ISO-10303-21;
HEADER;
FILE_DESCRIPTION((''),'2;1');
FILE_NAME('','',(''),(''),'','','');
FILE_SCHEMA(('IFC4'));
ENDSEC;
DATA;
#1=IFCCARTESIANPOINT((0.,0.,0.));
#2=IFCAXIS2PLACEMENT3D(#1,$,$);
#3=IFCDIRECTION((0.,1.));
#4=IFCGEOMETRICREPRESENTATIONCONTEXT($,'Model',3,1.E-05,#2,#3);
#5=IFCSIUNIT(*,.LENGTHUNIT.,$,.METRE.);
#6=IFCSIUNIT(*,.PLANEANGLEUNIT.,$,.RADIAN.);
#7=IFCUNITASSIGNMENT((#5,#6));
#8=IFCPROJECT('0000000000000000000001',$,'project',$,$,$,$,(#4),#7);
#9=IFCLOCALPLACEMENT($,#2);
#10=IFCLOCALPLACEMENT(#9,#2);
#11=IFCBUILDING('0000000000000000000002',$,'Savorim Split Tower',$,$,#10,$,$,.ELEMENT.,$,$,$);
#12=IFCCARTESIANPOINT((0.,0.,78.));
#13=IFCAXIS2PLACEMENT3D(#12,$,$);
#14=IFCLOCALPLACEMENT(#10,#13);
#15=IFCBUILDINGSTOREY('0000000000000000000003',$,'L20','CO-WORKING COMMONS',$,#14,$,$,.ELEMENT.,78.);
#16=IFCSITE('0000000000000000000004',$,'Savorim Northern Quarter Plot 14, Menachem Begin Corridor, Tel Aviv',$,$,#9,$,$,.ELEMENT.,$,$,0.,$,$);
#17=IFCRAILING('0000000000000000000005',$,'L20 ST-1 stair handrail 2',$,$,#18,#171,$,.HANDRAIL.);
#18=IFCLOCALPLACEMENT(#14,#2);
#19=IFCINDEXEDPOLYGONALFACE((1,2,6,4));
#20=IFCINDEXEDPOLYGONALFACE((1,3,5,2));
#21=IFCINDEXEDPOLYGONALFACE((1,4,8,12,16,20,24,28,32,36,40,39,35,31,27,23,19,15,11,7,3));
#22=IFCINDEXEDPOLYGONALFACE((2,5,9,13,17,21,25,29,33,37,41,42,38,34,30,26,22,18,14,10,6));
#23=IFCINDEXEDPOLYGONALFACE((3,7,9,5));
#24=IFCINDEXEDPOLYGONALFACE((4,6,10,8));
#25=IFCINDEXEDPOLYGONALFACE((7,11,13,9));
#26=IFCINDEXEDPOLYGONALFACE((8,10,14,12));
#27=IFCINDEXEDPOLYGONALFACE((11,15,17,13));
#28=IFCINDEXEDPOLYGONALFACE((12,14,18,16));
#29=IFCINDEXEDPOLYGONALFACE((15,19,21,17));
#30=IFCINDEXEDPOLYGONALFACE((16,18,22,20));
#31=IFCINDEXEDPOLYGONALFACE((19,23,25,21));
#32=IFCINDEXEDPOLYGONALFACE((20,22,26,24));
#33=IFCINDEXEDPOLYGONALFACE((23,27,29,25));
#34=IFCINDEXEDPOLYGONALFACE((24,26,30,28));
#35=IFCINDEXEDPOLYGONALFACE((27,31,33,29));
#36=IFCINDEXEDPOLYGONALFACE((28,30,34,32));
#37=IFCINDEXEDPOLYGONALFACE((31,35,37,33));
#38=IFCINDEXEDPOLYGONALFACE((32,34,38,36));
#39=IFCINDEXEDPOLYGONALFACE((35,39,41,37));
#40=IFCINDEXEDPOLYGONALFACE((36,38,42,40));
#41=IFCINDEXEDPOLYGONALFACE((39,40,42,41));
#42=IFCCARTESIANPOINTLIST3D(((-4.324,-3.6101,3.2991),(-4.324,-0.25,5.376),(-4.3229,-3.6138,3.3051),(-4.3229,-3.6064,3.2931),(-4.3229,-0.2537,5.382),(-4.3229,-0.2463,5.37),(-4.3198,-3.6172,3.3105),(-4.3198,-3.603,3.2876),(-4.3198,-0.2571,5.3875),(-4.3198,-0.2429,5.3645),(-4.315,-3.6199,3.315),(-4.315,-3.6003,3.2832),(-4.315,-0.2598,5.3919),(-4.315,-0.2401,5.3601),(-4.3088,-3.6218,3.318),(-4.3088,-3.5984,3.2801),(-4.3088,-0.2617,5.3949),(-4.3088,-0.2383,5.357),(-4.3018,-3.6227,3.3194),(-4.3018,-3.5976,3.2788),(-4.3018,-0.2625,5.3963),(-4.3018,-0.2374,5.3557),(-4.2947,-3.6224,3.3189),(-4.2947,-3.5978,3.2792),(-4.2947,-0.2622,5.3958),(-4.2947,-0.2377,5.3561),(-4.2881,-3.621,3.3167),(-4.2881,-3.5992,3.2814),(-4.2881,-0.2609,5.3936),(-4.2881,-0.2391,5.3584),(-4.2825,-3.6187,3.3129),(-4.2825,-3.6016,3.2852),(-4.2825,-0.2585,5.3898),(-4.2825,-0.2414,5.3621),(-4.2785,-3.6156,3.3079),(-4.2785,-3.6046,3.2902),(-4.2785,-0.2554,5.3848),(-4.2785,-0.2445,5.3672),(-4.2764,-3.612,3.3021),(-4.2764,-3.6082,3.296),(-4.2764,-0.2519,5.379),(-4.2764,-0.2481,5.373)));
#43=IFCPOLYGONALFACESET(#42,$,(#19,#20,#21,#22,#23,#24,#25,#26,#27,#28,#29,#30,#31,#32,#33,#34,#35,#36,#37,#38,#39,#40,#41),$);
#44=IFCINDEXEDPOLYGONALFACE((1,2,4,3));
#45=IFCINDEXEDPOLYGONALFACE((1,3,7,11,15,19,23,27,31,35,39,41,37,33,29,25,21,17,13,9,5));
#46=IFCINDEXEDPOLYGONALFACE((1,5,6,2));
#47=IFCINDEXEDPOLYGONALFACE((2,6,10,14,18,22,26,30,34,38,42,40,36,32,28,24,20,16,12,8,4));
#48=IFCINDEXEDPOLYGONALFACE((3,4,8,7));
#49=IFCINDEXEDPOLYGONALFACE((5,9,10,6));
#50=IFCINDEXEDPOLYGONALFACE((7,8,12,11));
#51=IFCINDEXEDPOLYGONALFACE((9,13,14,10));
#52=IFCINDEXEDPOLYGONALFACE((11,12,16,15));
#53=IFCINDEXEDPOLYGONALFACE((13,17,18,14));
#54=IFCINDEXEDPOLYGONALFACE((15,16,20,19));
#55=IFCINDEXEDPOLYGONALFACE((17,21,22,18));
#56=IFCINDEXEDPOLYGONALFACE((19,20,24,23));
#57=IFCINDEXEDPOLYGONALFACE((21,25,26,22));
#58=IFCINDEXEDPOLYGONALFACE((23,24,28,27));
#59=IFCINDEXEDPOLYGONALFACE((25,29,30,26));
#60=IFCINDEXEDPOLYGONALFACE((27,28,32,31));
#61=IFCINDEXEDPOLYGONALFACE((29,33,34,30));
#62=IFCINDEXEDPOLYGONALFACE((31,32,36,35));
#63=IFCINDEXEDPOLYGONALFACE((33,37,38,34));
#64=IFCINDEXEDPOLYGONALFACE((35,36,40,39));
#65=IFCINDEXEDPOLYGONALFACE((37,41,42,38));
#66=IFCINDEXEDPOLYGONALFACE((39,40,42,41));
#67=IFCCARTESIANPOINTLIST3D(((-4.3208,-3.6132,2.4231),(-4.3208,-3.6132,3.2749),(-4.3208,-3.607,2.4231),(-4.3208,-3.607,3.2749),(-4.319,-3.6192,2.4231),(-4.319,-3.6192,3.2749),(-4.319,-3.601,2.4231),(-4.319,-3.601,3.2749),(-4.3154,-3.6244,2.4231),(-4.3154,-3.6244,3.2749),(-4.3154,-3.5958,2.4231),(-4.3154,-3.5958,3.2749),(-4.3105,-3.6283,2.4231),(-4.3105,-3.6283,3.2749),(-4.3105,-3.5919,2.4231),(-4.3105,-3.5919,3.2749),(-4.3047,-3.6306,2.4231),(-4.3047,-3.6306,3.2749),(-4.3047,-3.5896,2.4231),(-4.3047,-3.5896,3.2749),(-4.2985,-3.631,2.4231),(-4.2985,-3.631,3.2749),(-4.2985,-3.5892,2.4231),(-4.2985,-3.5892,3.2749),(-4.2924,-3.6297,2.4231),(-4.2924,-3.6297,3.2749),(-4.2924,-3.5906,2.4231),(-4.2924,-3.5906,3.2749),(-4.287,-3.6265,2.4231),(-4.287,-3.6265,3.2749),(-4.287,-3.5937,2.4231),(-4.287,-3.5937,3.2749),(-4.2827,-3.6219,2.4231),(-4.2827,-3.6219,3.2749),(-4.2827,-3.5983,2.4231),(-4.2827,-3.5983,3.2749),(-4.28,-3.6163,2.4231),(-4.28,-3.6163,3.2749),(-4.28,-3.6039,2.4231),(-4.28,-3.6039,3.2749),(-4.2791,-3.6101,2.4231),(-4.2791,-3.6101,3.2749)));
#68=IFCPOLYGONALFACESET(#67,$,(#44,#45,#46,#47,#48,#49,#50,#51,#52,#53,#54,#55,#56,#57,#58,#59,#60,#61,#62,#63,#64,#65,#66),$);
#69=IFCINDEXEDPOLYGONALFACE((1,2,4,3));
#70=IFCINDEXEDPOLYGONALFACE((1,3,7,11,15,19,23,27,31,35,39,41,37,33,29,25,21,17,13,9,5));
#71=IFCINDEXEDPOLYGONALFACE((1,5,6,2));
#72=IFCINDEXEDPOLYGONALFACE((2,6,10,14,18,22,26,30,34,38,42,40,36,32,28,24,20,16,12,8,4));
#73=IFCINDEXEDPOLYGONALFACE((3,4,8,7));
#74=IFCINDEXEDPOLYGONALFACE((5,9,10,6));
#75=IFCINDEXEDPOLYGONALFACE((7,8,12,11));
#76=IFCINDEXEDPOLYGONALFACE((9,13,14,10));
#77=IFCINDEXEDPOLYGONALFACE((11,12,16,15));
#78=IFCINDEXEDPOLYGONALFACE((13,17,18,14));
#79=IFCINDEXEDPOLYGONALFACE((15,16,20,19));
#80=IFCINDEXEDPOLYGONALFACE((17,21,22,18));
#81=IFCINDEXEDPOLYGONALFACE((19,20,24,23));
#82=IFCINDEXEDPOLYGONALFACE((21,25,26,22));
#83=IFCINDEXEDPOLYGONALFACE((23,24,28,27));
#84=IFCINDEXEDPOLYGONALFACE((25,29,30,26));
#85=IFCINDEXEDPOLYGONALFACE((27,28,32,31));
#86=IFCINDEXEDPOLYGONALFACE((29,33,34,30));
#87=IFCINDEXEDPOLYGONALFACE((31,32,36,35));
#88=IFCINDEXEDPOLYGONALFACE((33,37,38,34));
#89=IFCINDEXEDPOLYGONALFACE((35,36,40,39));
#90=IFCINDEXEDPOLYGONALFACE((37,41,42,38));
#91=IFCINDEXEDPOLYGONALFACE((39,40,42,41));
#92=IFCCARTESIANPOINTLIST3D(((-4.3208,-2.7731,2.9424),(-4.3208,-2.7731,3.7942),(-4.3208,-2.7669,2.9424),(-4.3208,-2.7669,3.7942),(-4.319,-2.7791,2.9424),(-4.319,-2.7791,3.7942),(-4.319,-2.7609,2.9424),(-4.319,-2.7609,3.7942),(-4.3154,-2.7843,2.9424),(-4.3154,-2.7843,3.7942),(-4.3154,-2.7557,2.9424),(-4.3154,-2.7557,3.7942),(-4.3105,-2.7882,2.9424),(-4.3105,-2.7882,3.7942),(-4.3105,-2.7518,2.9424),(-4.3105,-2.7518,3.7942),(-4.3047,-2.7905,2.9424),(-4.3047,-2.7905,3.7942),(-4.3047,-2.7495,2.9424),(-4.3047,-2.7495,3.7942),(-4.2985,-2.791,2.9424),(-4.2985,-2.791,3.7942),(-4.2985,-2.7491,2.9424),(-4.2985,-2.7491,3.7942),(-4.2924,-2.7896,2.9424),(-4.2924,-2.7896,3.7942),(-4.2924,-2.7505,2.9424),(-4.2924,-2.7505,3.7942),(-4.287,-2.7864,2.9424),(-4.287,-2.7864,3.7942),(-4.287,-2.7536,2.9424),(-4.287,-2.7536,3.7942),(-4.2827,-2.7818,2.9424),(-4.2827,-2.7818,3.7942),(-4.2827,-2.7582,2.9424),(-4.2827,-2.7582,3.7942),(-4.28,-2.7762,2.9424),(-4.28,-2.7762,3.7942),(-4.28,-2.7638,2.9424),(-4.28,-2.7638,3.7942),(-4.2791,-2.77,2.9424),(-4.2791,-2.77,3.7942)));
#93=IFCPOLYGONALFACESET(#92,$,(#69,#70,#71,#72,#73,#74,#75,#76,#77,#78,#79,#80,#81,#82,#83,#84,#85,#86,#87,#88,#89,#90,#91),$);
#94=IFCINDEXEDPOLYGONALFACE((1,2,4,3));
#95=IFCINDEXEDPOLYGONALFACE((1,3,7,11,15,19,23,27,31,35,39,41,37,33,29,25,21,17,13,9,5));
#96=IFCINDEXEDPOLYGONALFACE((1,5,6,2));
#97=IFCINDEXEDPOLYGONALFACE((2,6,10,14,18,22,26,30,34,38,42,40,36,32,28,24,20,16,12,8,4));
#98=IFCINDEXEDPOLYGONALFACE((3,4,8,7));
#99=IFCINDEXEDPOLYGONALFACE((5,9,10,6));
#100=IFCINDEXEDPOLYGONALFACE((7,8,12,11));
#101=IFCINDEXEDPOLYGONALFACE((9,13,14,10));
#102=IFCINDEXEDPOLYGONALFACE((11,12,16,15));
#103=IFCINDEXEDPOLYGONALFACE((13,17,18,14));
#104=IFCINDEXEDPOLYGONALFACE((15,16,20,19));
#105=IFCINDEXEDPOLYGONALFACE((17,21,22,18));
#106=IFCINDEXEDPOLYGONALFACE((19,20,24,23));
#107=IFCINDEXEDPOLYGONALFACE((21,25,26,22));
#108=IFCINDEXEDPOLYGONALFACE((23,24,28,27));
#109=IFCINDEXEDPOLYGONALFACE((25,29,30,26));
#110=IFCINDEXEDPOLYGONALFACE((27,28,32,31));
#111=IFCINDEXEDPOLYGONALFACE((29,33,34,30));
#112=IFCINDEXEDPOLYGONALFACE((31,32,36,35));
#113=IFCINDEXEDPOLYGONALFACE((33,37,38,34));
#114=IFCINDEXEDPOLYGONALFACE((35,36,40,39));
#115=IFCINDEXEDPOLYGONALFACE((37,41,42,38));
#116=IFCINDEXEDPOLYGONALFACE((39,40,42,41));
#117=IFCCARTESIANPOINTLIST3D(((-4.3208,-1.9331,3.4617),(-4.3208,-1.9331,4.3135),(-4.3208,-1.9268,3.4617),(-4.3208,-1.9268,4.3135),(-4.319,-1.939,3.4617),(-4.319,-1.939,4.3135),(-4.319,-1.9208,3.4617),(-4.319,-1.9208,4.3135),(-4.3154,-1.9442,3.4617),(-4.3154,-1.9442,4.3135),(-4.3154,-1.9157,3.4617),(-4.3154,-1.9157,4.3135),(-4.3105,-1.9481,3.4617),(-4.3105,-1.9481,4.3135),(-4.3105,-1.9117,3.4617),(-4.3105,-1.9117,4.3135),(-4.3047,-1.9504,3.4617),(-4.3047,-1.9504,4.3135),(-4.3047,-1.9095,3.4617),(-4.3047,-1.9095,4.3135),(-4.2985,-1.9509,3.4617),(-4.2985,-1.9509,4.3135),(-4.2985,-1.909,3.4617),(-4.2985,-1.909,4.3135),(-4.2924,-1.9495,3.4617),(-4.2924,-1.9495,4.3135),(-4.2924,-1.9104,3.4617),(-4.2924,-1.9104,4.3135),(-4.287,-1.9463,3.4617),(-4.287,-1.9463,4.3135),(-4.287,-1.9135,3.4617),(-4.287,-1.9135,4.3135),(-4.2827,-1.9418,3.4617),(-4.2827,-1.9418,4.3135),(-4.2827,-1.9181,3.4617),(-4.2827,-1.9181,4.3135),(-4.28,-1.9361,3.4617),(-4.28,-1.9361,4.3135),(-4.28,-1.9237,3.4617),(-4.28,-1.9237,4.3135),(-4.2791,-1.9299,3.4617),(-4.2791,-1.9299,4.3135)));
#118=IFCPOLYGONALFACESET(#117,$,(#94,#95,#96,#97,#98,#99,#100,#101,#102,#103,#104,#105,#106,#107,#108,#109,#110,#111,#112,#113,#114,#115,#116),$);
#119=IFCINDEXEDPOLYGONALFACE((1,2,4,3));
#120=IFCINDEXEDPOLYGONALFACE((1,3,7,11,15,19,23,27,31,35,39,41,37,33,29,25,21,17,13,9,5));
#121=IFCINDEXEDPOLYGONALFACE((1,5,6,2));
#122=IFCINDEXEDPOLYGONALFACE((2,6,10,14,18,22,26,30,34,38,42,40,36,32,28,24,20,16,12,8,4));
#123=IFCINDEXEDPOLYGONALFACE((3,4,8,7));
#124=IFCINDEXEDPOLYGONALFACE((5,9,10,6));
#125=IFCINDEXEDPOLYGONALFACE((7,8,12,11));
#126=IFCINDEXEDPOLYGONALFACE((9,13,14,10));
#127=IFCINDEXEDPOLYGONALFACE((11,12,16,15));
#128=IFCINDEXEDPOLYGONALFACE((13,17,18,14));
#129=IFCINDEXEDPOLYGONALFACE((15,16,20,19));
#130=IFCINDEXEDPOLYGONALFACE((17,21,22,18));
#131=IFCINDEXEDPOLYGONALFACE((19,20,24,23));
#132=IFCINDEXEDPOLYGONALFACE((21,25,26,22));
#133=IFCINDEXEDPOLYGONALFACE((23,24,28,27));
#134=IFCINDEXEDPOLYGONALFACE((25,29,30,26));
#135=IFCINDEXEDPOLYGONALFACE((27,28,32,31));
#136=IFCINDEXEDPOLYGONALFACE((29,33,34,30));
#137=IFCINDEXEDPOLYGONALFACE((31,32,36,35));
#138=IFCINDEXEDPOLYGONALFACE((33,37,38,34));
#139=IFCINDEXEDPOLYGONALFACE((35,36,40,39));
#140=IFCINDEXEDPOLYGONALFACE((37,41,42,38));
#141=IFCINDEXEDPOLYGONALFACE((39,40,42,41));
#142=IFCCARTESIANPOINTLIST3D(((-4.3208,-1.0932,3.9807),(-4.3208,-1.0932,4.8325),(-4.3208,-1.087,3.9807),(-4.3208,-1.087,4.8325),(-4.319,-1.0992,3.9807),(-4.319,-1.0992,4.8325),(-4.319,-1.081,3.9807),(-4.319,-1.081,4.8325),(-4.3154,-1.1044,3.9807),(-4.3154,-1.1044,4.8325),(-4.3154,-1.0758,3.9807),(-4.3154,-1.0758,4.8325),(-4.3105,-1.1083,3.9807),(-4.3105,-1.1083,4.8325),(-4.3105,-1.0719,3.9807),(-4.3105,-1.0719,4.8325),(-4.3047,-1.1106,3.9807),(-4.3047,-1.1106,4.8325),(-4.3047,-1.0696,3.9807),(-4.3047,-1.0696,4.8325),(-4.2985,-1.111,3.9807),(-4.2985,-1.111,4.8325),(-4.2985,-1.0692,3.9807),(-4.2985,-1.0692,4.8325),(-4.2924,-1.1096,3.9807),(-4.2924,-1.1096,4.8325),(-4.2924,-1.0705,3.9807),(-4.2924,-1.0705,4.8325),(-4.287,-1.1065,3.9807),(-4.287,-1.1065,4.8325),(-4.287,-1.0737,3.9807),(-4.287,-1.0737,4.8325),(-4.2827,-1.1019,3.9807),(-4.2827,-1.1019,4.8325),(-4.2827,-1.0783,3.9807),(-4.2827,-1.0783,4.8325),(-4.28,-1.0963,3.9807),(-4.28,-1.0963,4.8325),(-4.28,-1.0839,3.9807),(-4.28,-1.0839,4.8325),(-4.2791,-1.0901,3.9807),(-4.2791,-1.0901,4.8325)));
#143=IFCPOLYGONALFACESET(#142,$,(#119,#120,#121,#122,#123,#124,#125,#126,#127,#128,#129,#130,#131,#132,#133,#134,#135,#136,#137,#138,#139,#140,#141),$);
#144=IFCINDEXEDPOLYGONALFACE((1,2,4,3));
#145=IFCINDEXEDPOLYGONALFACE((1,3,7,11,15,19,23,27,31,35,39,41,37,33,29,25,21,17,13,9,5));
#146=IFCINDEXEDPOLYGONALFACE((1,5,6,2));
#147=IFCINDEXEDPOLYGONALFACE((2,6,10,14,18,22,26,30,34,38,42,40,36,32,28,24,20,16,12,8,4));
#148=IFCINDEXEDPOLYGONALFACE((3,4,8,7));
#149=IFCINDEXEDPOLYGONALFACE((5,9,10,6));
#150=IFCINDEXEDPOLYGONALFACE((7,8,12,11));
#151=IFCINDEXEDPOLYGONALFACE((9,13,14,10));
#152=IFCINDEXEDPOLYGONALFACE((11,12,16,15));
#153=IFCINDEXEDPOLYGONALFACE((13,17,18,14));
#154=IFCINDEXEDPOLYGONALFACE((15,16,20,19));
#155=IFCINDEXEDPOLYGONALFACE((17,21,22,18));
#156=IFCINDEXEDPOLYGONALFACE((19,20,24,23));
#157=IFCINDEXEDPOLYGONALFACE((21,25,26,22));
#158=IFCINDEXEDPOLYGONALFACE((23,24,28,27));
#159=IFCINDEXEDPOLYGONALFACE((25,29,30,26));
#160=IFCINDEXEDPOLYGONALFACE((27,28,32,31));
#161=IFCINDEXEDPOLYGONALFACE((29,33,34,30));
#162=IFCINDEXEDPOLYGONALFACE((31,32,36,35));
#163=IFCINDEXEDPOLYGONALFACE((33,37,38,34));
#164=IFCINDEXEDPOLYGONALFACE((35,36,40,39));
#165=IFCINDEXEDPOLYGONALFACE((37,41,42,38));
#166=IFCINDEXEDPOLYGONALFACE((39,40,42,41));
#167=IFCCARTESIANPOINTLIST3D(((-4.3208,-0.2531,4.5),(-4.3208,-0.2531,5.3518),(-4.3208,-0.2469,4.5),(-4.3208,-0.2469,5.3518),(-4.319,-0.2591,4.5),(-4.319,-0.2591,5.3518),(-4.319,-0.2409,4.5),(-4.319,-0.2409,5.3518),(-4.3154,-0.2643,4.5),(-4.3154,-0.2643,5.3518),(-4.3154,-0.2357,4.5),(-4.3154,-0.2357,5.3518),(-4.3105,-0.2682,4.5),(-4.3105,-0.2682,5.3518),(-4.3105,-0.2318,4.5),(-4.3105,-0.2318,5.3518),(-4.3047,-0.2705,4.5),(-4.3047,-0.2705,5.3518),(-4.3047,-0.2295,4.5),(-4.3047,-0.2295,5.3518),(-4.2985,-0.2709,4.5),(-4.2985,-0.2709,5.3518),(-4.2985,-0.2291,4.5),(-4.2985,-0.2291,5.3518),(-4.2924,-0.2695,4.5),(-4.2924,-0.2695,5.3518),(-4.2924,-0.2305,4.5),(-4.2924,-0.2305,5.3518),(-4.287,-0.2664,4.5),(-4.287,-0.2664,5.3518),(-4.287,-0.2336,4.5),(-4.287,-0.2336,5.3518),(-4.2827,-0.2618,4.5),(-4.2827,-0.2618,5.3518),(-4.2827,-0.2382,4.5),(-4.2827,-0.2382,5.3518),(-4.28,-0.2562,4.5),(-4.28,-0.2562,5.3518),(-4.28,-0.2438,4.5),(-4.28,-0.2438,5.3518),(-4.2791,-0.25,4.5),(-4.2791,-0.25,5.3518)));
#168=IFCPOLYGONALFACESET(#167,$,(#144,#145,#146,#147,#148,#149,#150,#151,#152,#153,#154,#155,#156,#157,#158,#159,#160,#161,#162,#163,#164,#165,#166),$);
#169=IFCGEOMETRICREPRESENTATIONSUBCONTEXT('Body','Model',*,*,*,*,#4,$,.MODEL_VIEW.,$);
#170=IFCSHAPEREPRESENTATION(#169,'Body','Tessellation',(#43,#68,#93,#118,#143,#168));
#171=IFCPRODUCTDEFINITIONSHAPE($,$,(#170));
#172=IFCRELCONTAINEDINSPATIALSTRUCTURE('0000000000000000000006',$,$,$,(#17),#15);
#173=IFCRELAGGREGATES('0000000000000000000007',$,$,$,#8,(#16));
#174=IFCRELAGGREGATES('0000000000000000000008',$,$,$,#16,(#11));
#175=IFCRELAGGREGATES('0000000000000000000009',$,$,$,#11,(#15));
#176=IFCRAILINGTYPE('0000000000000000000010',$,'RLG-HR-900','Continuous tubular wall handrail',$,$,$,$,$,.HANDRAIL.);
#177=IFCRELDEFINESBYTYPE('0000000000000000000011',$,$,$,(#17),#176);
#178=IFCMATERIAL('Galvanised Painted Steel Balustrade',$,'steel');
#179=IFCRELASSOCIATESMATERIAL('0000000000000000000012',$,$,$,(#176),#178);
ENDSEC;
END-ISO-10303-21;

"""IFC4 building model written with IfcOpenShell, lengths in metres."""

from ifc_helpers import new_model, si_unit, direction, frame, origin, origin_2d, place, context, subcontext, project, spatial, circle, extrude, material, type_object, element, save


model = new_model("IFC4")

# Units and contexts
model_context = context("Model", 3, precision=1e-05, world=origin(), true_north=direction((0.0, 1.0)))
body_context = subcontext(model_context, "Body", "Model", "MODEL_VIEW")
ifc_project = project(units=[si_unit("LENGTHUNIT", "METRE"), si_unit("PLANEANGLEUNIT", "RADIAN")], contexts=[model_context])

# Site, building, storey
site_placement = place(None, origin())
site = spatial("IfcSite", under=ifc_project, at=site_placement, Name="Savorim Northern Quarter Plot 14, Menachem Begin Corridor, Tel Aviv", CompositionType="ELEMENT", RefElevation=0.0)
building_placement = place(site_placement, origin())
building = spatial("IfcBuilding", under=site, at=building_placement, Name="Savorim Split Tower", CompositionType="ELEMENT")
storey_placement = place(building_placement, frame((0.0, 0.0, 78.0)))
storey = spatial("IfcBuildingStorey", under=building, at=storey_placement, Name="L20", Description="CO-WORKING COMMONS", CompositionType="ELEMENT", Elevation=78.0)

# Railing
ifc_material_1 = material(Name="Galvanised Painted Steel Balustrade", Category="steel")
railing_type_1 = type_object("IfcRailingType", Name="RLG-HR-900", Description="Continuous tubular wall handrail", PredefinedType="HANDRAIL", material=ifc_material_1)
railing_1_placement = place(storey_placement, frame((-4.3, -3.6101, 2.4231)))
element("IfcRailing", 1, at=railing_1_placement, inside=storey, type_object=railing_type_1, Name="L20 ST-1 stair handrail 2", PredefinedType="HANDRAIL", context=body_context, shape_type="SweptSolid", body=[
    extrude(circle(Radius=0.0239, at=origin_2d()), frame((0.0, 0.0, 0.876), z_axis=(0.0, 0.850623, 0.525776), x_axis=(-1.0, 0.0, 0.0)), (0.0, 0.0, 1.0), 3.9502),
    extrude(circle(Radius=0.021, at=origin_2d()), origin(), (0.0, 0.0, 1.0), 0.8518),
    extrude(circle(Radius=0.021, at=origin_2d()), frame((0.0, 0.8401, 0.5193)), (0.0, 0.0, 1.0), 0.8518),
    extrude(circle(Radius=0.021, at=origin_2d()), frame((0.0, 1.6802, 1.0386)), (0.0, 0.0, 1.0), 0.8518),
    extrude(circle(Radius=0.021, at=origin_2d()), frame((0.0, 2.52, 1.5576)), (0.0, 0.0, 1.0), 0.8518),
    extrude(circle(Radius=0.021, at=origin_2d()), frame((0.0, 3.3601, 2.0769)), (0.0, 0.0, 1.0), 0.8518),
])

save(model, "model.ifc")
